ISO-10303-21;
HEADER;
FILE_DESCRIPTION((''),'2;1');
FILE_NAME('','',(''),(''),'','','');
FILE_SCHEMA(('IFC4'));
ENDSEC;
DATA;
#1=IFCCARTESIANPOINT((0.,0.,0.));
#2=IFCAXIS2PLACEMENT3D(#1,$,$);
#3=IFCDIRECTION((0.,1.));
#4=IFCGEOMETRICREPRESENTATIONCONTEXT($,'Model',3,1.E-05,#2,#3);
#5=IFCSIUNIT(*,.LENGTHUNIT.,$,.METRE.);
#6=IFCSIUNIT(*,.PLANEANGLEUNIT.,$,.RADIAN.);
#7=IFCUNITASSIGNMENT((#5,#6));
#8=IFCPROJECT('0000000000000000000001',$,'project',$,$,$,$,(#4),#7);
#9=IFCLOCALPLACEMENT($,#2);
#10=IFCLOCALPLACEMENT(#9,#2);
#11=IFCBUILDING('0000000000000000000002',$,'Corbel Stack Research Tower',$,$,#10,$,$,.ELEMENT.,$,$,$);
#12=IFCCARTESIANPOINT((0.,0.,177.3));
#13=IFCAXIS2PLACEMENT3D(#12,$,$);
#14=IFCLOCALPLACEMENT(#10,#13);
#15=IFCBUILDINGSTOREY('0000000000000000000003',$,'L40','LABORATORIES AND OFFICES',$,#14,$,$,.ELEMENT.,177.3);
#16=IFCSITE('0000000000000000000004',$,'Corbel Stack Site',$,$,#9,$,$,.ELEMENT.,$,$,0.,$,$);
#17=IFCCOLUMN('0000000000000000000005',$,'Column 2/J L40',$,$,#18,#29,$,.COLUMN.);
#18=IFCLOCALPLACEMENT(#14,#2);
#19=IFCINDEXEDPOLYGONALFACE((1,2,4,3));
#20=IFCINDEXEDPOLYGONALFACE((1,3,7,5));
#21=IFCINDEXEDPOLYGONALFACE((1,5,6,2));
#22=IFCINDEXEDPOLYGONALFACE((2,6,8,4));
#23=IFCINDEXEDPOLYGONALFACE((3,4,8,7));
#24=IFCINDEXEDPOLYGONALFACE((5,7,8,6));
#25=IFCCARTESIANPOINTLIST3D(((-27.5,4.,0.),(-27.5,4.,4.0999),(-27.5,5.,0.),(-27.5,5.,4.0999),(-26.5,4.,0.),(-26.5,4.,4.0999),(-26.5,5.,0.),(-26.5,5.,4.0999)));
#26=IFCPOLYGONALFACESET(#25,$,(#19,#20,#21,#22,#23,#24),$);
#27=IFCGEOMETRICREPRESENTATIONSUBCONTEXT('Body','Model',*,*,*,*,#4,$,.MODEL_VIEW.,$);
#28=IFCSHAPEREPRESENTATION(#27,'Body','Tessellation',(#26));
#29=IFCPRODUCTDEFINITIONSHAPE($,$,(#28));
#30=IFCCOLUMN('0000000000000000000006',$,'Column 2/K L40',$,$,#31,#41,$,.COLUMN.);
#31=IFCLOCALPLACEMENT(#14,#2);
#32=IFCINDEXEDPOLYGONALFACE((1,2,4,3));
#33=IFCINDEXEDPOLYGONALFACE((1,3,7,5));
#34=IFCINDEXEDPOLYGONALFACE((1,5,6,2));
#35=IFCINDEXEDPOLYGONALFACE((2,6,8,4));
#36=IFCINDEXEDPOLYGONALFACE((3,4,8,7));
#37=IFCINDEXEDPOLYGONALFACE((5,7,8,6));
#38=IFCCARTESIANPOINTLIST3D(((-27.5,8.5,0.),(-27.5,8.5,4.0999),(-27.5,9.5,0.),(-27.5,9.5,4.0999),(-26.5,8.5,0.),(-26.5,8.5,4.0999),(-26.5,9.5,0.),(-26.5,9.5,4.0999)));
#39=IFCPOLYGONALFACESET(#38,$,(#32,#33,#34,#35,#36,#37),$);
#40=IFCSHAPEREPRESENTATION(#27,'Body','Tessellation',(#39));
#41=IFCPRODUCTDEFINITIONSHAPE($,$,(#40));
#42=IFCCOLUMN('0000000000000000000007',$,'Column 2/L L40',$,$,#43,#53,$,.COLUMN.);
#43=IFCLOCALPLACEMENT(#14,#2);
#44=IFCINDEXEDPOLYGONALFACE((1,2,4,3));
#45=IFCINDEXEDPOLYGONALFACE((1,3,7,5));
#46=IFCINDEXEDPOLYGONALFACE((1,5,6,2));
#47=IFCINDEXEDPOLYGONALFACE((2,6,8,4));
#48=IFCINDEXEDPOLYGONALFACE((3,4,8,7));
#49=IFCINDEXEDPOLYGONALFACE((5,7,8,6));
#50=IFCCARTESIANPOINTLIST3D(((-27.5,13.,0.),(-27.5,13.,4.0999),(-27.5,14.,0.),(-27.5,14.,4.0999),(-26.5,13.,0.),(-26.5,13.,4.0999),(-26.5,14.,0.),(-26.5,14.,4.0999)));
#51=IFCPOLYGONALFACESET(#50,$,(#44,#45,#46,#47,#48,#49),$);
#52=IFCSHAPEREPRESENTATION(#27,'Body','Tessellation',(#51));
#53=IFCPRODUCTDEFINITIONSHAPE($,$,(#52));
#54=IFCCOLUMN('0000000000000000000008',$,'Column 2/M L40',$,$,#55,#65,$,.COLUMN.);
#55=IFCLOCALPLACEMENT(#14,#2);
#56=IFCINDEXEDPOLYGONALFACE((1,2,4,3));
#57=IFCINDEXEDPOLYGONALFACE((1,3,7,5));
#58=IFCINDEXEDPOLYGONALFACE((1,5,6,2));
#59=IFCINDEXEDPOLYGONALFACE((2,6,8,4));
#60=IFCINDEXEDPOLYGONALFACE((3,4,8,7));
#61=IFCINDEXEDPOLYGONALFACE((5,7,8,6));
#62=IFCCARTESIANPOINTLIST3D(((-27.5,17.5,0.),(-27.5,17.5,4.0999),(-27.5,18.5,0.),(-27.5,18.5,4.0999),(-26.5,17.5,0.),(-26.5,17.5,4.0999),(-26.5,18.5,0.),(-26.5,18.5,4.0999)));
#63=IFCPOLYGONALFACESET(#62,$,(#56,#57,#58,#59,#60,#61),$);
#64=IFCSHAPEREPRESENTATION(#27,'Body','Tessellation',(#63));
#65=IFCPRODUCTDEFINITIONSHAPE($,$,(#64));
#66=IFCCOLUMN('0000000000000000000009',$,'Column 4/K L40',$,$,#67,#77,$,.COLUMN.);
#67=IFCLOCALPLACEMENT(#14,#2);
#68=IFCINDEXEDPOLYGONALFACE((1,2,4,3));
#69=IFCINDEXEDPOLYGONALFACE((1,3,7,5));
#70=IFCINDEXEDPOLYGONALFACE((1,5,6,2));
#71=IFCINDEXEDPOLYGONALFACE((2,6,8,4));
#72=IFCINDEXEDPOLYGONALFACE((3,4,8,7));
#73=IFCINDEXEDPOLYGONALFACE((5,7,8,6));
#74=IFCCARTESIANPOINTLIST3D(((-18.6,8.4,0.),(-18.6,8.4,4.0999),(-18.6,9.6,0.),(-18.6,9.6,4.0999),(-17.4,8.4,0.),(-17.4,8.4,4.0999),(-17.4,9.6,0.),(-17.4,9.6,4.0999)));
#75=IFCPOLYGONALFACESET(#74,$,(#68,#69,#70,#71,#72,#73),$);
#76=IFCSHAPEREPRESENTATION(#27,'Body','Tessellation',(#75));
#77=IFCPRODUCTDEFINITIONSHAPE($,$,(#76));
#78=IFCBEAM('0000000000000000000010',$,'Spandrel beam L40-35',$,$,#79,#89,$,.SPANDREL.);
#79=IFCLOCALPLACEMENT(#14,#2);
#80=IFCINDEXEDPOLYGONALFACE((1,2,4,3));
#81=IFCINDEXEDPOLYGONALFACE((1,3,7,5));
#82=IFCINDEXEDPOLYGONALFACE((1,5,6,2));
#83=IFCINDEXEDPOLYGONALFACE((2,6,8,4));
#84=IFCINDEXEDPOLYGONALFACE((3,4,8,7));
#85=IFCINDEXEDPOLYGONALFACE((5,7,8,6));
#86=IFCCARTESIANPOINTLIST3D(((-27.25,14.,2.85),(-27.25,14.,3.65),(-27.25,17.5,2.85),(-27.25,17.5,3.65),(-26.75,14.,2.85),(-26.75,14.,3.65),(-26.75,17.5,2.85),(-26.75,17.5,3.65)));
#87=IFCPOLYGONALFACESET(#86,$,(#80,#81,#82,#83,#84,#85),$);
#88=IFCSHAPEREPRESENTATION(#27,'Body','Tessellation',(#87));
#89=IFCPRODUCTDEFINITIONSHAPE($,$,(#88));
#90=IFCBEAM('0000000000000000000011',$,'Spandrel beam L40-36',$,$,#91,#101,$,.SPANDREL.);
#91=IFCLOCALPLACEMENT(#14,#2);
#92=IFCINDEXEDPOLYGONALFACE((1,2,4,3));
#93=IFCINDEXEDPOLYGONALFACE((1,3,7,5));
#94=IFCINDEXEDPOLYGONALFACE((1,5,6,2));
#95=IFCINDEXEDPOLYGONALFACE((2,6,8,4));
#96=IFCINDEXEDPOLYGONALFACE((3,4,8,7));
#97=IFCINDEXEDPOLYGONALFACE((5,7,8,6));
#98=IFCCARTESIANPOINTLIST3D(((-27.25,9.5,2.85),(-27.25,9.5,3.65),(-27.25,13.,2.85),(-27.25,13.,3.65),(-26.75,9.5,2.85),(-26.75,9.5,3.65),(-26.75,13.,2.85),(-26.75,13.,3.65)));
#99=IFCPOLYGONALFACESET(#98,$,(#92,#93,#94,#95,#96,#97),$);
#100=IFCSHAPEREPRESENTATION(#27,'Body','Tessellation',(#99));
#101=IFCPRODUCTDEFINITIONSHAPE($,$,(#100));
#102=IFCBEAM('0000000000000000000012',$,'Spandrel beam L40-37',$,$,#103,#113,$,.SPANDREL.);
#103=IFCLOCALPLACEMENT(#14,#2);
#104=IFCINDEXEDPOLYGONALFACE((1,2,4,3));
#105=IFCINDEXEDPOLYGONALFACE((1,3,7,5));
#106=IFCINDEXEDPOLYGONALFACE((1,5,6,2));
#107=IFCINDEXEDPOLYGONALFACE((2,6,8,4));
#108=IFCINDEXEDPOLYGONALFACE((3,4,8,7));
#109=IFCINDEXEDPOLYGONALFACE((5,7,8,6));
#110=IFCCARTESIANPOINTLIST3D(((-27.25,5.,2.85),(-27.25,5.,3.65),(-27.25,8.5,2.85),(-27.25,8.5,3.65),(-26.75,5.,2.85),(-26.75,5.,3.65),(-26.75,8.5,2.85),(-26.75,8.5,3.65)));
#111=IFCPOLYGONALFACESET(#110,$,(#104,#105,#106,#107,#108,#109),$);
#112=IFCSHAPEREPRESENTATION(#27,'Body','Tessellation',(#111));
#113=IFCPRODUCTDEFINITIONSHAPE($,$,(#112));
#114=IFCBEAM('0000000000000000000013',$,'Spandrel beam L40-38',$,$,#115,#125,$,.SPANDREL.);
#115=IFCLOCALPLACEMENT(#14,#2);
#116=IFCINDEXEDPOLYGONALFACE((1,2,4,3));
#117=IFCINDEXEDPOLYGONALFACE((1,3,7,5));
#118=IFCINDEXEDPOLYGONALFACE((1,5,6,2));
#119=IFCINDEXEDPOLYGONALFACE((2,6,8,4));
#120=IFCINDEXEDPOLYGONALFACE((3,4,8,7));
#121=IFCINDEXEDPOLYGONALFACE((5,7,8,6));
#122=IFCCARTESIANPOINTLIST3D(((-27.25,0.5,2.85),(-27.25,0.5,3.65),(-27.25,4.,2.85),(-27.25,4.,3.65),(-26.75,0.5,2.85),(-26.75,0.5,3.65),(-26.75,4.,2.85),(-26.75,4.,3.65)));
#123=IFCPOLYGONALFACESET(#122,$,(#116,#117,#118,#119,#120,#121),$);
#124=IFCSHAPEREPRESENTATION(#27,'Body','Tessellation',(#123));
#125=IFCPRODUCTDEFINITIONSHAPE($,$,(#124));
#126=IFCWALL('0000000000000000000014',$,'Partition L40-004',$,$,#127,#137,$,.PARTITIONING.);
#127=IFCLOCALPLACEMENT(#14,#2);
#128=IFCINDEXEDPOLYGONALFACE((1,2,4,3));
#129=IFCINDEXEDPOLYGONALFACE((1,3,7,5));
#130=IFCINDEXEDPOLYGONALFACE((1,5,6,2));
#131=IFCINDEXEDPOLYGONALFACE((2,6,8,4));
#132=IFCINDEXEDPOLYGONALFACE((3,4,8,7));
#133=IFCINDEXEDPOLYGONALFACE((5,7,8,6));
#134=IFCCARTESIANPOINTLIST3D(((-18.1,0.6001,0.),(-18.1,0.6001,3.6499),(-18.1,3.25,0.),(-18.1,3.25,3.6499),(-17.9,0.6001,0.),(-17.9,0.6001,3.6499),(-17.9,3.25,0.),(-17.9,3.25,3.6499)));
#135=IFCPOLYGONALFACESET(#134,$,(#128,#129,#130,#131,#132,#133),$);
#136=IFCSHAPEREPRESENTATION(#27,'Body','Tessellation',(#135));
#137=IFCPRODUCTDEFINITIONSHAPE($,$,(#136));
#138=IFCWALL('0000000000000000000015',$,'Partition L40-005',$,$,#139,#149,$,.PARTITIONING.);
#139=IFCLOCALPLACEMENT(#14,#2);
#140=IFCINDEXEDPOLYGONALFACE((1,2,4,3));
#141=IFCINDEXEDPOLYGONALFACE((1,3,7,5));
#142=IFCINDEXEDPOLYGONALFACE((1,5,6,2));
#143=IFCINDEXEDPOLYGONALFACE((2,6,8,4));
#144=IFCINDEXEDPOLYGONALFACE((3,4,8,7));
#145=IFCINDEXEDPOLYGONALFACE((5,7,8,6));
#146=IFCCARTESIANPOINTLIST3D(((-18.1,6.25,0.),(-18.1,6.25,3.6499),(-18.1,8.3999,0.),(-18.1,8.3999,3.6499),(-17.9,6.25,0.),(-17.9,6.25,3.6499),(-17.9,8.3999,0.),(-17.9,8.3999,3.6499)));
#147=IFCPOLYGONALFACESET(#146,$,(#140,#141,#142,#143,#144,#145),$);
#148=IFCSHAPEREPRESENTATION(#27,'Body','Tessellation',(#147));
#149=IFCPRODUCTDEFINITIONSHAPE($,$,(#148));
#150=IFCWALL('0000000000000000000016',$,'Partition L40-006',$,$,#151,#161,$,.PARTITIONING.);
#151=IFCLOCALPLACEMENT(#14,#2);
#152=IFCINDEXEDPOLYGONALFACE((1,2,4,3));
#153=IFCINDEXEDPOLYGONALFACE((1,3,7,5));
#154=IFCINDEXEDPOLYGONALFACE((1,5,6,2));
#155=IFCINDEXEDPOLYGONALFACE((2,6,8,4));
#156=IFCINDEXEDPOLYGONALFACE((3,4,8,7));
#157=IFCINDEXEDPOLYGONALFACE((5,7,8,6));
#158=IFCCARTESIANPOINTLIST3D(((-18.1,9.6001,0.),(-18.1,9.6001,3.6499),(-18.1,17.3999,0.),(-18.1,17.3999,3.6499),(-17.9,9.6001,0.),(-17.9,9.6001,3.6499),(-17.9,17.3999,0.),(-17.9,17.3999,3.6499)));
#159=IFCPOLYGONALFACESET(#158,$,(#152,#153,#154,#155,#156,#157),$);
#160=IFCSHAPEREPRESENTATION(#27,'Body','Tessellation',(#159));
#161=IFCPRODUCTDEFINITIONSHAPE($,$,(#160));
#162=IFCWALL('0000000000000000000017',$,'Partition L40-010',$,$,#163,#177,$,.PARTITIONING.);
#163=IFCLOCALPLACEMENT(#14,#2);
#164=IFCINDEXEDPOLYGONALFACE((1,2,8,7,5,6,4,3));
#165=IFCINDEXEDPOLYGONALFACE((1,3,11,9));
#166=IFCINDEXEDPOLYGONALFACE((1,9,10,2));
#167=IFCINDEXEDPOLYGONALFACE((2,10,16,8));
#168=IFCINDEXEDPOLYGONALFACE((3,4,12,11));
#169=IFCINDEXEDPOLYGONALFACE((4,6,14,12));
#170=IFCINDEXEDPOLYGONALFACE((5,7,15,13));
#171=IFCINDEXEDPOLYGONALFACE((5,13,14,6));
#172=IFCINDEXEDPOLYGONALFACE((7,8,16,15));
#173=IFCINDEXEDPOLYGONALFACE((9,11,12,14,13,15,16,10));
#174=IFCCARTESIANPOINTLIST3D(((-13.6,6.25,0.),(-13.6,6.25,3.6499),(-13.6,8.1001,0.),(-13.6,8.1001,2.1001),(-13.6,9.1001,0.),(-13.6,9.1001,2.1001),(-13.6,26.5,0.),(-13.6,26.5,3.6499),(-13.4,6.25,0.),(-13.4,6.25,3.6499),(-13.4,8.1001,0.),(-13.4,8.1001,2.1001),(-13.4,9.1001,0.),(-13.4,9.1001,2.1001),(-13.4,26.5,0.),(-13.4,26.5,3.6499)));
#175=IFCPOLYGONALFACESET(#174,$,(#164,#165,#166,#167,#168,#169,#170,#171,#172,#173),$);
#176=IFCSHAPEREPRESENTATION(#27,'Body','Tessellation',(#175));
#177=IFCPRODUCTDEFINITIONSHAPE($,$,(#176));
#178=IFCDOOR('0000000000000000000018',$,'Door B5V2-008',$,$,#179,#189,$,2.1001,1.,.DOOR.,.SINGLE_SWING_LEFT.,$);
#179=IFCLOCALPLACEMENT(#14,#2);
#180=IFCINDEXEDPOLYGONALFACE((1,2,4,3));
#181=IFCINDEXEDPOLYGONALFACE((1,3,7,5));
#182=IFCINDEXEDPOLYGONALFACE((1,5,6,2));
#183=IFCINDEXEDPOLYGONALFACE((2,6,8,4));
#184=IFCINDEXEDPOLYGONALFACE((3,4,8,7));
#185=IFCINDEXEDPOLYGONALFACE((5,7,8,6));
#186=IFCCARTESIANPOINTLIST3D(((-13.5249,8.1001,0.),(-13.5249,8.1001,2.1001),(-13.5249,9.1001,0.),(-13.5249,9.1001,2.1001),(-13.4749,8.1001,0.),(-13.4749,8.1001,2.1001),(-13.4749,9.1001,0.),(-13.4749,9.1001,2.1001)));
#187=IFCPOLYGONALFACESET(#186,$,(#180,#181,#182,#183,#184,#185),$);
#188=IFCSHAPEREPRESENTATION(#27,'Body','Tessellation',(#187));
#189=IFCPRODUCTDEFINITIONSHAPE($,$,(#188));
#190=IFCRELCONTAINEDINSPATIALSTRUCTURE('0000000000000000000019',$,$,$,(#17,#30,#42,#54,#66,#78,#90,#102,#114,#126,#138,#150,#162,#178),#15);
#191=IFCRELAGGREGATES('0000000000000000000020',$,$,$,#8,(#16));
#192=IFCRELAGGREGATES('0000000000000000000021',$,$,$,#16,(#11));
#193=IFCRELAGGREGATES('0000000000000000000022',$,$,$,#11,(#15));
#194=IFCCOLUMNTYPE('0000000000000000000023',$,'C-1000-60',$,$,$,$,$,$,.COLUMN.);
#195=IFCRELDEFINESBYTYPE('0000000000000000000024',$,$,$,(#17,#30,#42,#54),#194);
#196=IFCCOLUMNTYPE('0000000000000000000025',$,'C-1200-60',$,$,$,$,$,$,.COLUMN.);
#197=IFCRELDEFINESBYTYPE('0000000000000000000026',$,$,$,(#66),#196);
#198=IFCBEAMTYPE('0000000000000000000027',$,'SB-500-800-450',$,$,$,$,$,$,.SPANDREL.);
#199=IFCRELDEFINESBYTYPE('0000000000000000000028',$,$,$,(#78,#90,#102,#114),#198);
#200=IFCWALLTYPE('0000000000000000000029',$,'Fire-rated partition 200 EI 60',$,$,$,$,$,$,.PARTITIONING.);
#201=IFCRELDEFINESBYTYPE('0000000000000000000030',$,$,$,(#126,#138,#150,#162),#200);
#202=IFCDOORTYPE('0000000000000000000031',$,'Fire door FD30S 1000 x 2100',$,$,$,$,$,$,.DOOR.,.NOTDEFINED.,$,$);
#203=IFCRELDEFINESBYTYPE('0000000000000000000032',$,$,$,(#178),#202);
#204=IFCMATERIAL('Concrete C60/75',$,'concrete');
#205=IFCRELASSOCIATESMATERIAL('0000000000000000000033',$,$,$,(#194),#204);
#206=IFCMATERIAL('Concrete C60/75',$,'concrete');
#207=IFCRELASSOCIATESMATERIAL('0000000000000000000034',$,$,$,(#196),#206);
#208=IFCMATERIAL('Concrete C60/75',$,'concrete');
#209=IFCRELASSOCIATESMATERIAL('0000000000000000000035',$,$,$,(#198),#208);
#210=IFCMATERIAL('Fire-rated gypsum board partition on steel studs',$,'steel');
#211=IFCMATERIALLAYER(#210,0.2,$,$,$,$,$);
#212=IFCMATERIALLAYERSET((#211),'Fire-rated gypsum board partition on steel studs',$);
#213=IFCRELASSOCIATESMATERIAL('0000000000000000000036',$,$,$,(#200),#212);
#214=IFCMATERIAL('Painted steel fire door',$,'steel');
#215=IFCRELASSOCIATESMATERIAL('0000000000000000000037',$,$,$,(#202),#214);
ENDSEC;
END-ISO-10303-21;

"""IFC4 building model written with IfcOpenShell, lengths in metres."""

from ifc_helpers import new_model, si_unit, direction, frame, frame_2d, origin, origin_2d, place, context, subcontext, project, spatial, rectangle, extrude, material, layer, layer_set, material_profile, profile_set, type_object, element, fill, save


model = new_model("IFC4")

# Units and contexts
model_context = context("Model", 3, precision=1e-05, world=origin(), true_north=direction((0.0, 1.0)))
body_context = subcontext(model_context, "Body", "Model", "MODEL_VIEW")
ifc_project = project(units=[si_unit("LENGTHUNIT", "METRE"), si_unit("PLANEANGLEUNIT", "RADIAN")], contexts=[model_context])

# Site, building, storey
site_placement = place(None, origin())
site = spatial("IfcSite", under=ifc_project, at=site_placement, Name="Corbel Stack Site", CompositionType="ELEMENT", RefElevation=0.0)
building_placement = place(site_placement, origin())
building = spatial("IfcBuilding", under=site, at=building_placement, Name="Corbel Stack Research Tower", CompositionType="ELEMENT")
storey_placement = place(building_placement, frame((0.0, 0.0, 177.3)))
storey = spatial("IfcBuildingStorey", under=building, at=storey_placement, Name="L40", Description="LABORATORIES AND OFFICES", CompositionType="ELEMENT", Elevation=177.3)

# Columns
ifc_material_1 = material(Name="Concrete C60/75", Category="concrete")
ifc_material_profile_1 = material_profile(ifc_material_1, rectangle(XDim=1.0, YDim=1.0, at=origin_2d()), Name="RC 1000 x 1000")
ifc_profile_set_1 = profile_set([ifc_material_profile_1], Name="Concrete C60/75")
column_type_1 = type_object("IfcColumnType", Name="C-1000-60", PredefinedType="COLUMN", material=ifc_profile_set_1)
for number, where, z_axis, x_axis, name in (
    (1, (-27.0, 4.5, 0.0), (0.0, 0.0, 1.0), (1.0, 0.0, 0.0), "Column 2/J L40"),
    (2, (-27.0, 9.0, 0.0), (0.0, 0.0, 1.0), (1.0, 0.0, 0.0), "Column 2/K L40"),
    (3, (-27.0, 13.5, 0.0), (0.0, 0.0, 1.0), (1.0, 0.0, 0.0), "Column 2/L L40"),
    (4, (-27.0, 18.0, 0.0), (0.0, 0.0, 1.0), (1.0, 0.0, 0.0), "Column 2/M L40"),
):
    element("IfcColumn", number, at=place(storey_placement, frame(where, z_axis=z_axis, x_axis=x_axis)), inside=storey, type_object=column_type_1, Name=name, PredefinedType="COLUMN", context=body_context, shape_type="SweptSolid", body=[
        extrude(rectangle(XDim=1.0, YDim=1.0, at=origin_2d()), origin(), (0.0, 0.0, 1.0), 4.0999),
    ])
ifc_material_2 = material(Name="Concrete C60/75", Category="concrete")
ifc_material_profile_2 = material_profile(ifc_material_2, rectangle(XDim=1.2, YDim=1.2, at=origin_2d()), Name="RC 1200 x 1200")
ifc_profile_set_2 = profile_set([ifc_material_profile_2], Name="Concrete C60/75")
column_type_2 = type_object("IfcColumnType", Name="C-1200-60", PredefinedType="COLUMN", material=ifc_profile_set_2)
column_placement = place(storey_placement, frame((-18.0, 9.0, 0.0), z_axis=(0.0, 0.0, 1.0), x_axis=(1.0, 0.0, 0.0)))
element("IfcColumn", 5, at=column_placement, inside=storey, type_object=column_type_2, Name="Column 4/K L40", PredefinedType="COLUMN", context=body_context, shape_type="SweptSolid", body=[
    extrude(rectangle(XDim=1.2, YDim=1.2, at=origin_2d()), origin(), (0.0, 0.0, 1.0), 4.0999),
])

# Beams
ifc_material_3 = material(Name="Concrete C60/75", Category="concrete")
ifc_material_profile_3 = material_profile(ifc_material_3, rectangle(XDim=0.5, YDim=0.8, at=origin_2d()), Name="RC 500 x 800")
ifc_profile_set_3 = profile_set([ifc_material_profile_3], Name="Concrete C60/75")
beam_type = type_object("IfcBeamType", Name="SB-500-800-450", PredefinedType="SPANDREL", material=ifc_profile_set_3)
for number, where, z_axis, x_axis, name in (
    (6, (-27.0, 17.5, 3.25), (0.0, -1.0, 0.0), (1.0, 0.0, 0.0), "Spandrel beam L40-35"),
    (7, (-27.0, 13.0, 3.25), (0.0, -1.0, 0.0), (1.0, 0.0, 0.0), "Spandrel beam L40-36"),
    (8, (-27.0, 8.5, 3.25), (0.0, -1.0, 0.0), (1.0, 0.0, 0.0), "Spandrel beam L40-37"),
    (9, (-27.0, 4.0, 3.25), (0.0, -1.0, 0.0), (1.0, 0.0, 0.0), "Spandrel beam L40-38"),
):
    element("IfcBeam", number, at=place(storey_placement, frame(where, z_axis=z_axis, x_axis=x_axis)), inside=storey, type_object=beam_type, Name=name, PredefinedType="SPANDREL", context=body_context, shape_type="SweptSolid", body=[
        extrude(rectangle(XDim=0.5, YDim=0.8, at=origin_2d()), origin(), (0.0, 0.0, 1.0), 3.5),
    ])

# Walls
ifc_material_4 = material(Name="Fire-rated gypsum board partition on steel studs", Category="steel")
ifc_layer_1 = layer(ifc_material_4, 0.2)
ifc_layer_set_1 = layer_set([ifc_layer_1], Name="Fire-rated gypsum board partition on steel studs")
wall_type_1 = type_object("IfcWallType", Name="Fire-rated partition 200 EI 60", PredefinedType="PARTITIONING", material=ifc_layer_set_1)
wall_1_placement = place(storey_placement, frame((-18.0, 0.6001, 0.0), z_axis=(0.0, 0.0, 1.0), x_axis=(0.0, 1.0, 0.0)))
element("IfcWall", 10, at=wall_1_placement, inside=storey, type_object=wall_type_1, Name="Partition L40-004", PredefinedType="PARTITIONING", context=body_context, shape_type="SweptSolid", body=[
    extrude(rectangle(XDim=2.6499, YDim=0.2, at=frame_2d((1.325, 0.0))), origin(), (0.0, 0.0, 1.0), 3.6499),
])
wall_2_placement = place(storey_placement, frame((-18.0, 6.25, 0.0), z_axis=(0.0, 0.0, 1.0), x_axis=(0.0, 1.0, 0.0)))
element("IfcWall", 11, at=wall_2_placement, inside=storey, type_object=wall_type_1, Name="Partition L40-005", PredefinedType="PARTITIONING", context=body_context, shape_type="SweptSolid", body=[
    extrude(rectangle(XDim=2.1499, YDim=0.2, at=frame_2d((1.075, 0.0))), origin(), (0.0, 0.0, 1.0), 3.6499),
])
wall_3_placement = place(storey_placement, frame((-18.0, 9.6001, 0.0), z_axis=(0.0, 0.0, 1.0), x_axis=(0.0, 1.0, 0.0)))
element("IfcWall", 12, at=wall_3_placement, inside=storey, type_object=wall_type_1, Name="Partition L40-006", PredefinedType="PARTITIONING", context=body_context, shape_type="SweptSolid", body=[
    extrude(rectangle(XDim=7.7998, YDim=0.2, at=frame_2d((3.8999, 0.0))), origin(), (0.0, 0.0, 1.0), 3.6499),
])

# Wall, opening, door
wall_4_placement = place(storey_placement, frame((-13.5, 6.25, 0.0), z_axis=(0.0, 0.0, 1.0), x_axis=(0.0, 1.0, 0.0)))
wall_4 = element("IfcWall", 13, at=wall_4_placement, inside=storey, type_object=wall_type_1, Name="Partition L40-010", PredefinedType="PARTITIONING", context=body_context, shape_type="SweptSolid", body=[
    extrude(rectangle(XDim=20.25, YDim=0.2, at=frame_2d((10.125, 0.0))), origin(), (0.0, 0.0, 1.0), 3.6499),
])
opening_1_placement = place(wall_4_placement, frame((1.8501, 0.0, 0.0)))
opening_1 = element("IfcOpeningElement", 14, at=opening_1_placement, cuts=wall_4, PredefinedType="OPENING", context=body_context, shape_type="SweptSolid", body=[
    extrude(rectangle(XDim=1.0, YDim=2.1001, at=frame_2d((0.5, 1.05))), frame((0.0, 0.1099, 0.0), z_axis=(0.0, -1.0, 0.0), x_axis=(1.0, 0.0, 0.0)), (0.0, 0.0, 1.0), 0.22),
])
ifc_material_5 = material(Name="Painted steel fire door", Category="steel")
door_type_1 = type_object("IfcDoorType", Name="Fire door FD30S 1000 x 2100", OperationType="NOTDEFINED", PredefinedType="DOOR", material=ifc_material_5)
door_1_placement = place(opening_1_placement, origin())
door_1 = element("IfcDoor", 15, at=door_1_placement, inside=storey, type_object=door_type_1, Name="Door B5V2-008", OperationType="SINGLE_SWING_LEFT", OverallHeight=2.1001, OverallWidth=1.0, PredefinedType="DOOR", context=body_context, shape_type="SweptSolid", body=[
    extrude(rectangle(XDim=1.0, YDim=2.1001, at=frame_2d((0.5, 1.05))), frame((0.0, 0.0249, 0.0), z_axis=(0.0, -1.0, 0.0), x_axis=(1.0, 0.0, 0.0)), (0.0, 0.0, 1.0), 0.05),
])
fill(opening_1, door_1)

save(model, "model.ifc")
